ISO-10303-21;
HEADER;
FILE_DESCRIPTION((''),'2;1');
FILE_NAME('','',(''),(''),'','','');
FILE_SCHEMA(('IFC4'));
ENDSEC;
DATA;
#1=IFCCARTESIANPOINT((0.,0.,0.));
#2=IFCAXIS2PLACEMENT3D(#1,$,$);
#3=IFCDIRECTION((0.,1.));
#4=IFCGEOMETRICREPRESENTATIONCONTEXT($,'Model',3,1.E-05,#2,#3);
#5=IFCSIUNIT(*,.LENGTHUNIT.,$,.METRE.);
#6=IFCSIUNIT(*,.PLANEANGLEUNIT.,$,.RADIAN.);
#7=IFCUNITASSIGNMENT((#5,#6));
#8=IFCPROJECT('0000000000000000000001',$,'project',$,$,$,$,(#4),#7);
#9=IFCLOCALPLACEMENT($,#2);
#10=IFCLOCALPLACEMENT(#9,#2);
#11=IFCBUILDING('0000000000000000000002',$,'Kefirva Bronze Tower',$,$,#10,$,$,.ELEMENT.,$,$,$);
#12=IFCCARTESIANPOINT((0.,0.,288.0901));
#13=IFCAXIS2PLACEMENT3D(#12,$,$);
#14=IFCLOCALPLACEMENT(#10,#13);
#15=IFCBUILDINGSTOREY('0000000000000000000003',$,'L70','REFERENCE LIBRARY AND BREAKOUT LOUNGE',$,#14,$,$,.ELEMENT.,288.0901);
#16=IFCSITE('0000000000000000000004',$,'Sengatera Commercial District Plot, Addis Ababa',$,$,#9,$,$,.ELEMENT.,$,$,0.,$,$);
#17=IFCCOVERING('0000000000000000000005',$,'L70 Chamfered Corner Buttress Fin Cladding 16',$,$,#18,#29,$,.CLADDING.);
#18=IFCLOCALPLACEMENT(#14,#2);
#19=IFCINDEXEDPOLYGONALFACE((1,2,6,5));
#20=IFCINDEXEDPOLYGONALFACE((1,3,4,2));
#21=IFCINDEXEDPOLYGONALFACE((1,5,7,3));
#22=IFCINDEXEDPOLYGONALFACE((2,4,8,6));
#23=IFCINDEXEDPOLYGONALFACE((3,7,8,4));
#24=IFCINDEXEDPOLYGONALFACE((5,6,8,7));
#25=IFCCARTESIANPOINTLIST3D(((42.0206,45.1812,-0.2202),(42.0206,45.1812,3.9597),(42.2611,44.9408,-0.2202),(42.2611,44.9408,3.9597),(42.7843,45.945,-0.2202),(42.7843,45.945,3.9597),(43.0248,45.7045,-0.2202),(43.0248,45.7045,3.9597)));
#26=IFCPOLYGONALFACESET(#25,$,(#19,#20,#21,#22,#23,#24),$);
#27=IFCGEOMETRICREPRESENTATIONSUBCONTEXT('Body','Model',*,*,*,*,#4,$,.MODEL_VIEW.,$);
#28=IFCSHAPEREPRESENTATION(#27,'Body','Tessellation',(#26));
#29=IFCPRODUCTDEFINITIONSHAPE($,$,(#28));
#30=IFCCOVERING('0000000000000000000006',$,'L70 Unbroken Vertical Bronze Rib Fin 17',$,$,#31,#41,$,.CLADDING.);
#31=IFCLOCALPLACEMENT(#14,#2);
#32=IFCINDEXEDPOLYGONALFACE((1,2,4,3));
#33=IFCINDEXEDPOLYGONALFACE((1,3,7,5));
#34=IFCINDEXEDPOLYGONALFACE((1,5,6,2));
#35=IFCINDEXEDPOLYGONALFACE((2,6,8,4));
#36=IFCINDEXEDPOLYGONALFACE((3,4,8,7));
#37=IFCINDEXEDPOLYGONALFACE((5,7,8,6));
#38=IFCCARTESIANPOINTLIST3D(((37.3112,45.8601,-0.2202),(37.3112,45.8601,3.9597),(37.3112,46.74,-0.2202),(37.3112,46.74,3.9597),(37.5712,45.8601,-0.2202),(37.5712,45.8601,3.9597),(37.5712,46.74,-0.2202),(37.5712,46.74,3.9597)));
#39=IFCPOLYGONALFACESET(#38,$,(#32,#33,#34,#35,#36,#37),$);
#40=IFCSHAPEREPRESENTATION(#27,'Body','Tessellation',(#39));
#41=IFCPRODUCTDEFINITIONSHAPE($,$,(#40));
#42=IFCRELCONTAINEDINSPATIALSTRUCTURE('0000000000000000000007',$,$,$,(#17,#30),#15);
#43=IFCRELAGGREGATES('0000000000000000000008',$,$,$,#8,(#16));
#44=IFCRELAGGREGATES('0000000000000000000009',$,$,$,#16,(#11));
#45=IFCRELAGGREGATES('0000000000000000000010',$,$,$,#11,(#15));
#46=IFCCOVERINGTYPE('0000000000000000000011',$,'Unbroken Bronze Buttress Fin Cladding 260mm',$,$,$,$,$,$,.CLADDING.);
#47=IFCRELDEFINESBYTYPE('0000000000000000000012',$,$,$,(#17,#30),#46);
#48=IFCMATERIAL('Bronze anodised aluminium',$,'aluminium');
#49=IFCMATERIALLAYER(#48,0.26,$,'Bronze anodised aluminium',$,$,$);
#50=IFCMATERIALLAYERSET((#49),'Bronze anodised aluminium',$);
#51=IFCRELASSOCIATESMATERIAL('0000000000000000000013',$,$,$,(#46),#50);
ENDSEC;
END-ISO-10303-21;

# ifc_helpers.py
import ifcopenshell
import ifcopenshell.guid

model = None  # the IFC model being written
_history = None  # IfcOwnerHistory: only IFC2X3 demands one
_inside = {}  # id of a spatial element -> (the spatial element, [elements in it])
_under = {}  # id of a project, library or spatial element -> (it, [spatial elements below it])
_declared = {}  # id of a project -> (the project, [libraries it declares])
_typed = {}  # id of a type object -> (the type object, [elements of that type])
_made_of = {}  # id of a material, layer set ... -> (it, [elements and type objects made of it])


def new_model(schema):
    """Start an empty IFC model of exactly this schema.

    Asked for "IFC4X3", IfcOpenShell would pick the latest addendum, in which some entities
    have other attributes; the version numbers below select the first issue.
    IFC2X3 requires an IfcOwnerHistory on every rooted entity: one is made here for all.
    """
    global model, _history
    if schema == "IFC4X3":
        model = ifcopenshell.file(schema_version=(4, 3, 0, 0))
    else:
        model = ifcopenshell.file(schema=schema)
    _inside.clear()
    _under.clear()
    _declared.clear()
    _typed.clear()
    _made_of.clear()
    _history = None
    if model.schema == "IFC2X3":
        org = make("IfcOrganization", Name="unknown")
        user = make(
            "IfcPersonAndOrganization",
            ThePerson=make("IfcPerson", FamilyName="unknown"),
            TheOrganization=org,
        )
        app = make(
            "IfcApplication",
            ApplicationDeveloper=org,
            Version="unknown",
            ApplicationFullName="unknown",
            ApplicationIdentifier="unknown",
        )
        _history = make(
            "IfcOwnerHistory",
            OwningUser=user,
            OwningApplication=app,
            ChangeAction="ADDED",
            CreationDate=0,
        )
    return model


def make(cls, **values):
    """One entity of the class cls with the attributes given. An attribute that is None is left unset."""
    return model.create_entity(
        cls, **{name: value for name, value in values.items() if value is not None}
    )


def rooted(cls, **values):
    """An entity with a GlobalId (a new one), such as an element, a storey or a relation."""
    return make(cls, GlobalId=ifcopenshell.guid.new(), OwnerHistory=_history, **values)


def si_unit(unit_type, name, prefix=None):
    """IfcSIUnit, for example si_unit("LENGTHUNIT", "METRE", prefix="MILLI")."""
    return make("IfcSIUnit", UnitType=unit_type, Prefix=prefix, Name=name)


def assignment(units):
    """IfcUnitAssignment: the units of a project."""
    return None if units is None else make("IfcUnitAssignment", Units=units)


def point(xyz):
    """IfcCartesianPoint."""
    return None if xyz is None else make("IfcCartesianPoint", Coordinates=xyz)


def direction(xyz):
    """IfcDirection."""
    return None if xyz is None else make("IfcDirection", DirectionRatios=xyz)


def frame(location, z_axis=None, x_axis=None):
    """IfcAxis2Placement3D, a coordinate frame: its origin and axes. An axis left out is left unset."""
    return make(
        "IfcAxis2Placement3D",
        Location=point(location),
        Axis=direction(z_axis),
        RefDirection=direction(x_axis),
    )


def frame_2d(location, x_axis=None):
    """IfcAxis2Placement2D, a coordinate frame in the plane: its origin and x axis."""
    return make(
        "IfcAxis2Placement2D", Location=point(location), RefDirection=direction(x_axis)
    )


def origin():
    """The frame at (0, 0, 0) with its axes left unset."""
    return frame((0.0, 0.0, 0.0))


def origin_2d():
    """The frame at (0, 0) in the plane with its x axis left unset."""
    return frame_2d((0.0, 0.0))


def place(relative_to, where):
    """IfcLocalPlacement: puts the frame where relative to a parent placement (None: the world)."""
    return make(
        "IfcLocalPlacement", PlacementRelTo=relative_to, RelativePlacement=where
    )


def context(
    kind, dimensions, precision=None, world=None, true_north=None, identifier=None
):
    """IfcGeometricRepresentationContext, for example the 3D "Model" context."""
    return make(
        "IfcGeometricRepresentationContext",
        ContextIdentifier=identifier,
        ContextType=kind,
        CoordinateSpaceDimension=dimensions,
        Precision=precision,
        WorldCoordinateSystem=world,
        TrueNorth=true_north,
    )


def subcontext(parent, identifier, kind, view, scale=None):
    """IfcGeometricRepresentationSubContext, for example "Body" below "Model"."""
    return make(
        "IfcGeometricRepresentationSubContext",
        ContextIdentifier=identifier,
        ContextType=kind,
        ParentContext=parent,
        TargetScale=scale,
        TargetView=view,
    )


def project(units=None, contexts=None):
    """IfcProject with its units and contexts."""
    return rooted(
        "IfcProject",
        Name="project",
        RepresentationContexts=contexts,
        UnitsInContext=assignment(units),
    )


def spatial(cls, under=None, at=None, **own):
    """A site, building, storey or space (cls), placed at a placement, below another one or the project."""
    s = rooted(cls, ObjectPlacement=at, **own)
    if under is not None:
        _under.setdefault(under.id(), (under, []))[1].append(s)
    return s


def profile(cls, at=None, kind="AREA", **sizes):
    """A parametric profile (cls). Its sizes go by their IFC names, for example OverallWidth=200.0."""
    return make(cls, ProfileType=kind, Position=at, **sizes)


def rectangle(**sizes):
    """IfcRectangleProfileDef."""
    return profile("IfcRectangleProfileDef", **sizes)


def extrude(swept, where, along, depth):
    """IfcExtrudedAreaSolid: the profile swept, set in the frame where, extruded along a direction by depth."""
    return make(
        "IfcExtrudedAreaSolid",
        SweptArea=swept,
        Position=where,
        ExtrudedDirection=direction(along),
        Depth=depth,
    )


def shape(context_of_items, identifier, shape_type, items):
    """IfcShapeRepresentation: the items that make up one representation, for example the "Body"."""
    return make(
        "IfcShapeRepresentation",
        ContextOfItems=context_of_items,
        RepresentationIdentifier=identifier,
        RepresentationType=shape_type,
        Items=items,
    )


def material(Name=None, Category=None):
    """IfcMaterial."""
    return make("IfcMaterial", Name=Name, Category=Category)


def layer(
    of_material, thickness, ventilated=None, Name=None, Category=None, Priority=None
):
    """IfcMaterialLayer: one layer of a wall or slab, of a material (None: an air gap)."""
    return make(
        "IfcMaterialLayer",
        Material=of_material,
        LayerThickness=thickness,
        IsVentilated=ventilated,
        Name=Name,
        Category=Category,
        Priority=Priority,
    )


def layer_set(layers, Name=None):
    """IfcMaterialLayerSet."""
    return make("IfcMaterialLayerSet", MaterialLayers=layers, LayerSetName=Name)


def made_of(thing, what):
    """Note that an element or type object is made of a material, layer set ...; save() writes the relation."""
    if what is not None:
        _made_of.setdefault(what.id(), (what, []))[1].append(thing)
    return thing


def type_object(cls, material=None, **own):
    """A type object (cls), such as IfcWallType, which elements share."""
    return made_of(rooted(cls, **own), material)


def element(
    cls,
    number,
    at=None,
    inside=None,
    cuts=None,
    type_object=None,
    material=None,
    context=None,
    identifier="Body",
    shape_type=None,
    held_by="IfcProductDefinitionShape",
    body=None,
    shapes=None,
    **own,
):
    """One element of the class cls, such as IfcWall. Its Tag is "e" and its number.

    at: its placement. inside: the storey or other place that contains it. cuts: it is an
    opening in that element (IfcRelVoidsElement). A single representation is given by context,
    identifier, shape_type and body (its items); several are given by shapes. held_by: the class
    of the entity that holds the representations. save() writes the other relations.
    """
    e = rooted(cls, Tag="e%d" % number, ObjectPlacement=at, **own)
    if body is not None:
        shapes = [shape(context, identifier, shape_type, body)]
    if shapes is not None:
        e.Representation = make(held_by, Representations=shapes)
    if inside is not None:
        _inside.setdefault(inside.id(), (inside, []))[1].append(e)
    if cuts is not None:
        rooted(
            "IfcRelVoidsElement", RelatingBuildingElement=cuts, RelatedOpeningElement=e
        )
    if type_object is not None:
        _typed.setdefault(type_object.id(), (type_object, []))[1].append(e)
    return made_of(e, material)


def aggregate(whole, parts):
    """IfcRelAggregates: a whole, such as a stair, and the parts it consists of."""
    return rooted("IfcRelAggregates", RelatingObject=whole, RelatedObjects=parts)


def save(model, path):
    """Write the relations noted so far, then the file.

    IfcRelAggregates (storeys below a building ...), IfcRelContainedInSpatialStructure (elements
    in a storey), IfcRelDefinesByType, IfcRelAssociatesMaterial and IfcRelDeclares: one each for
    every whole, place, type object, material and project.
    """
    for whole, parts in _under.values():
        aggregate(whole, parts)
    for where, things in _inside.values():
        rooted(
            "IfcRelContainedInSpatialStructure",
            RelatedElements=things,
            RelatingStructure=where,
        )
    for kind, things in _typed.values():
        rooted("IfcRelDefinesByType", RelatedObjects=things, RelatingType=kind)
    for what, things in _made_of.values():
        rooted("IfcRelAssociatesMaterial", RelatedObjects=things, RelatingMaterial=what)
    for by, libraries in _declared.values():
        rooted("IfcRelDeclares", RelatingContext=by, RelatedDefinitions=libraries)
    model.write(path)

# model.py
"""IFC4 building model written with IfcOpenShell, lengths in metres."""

from ifc_helpers import new_model, si_unit, direction, frame, origin, origin_2d, place, context, subcontext, project, spatial, rectangle, extrude, material, layer, layer_set, type_object, element, save


model = new_model("IFC4")

# Units and contexts
model_context = context("Model", 3, precision=1e-05, world=origin(), true_north=direction((0.0, 1.0)))
body_context = subcontext(model_context, "Body", "Model", "MODEL_VIEW")
ifc_project = project(units=[si_unit("LENGTHUNIT", "METRE"), si_unit("PLANEANGLEUNIT", "RADIAN")], contexts=[model_context])

# Site, building, storey
site_placement = place(None, origin())
site = spatial("IfcSite", under=ifc_project, at=site_placement, Name="Sengatera Commercial District Plot, Addis Ababa", CompositionType="ELEMENT", RefElevation=0.0)
building_placement = place(site_placement, origin())
building = spatial("IfcBuilding", under=site, at=building_placement, Name="Kefirva Bronze Tower", CompositionType="ELEMENT")
storey_placement = place(building_placement, frame((0.0, 0.0, 288.0901)))
storey = spatial("IfcBuildingStorey", under=building, at=storey_placement, Name="L70", Description="REFERENCE LIBRARY AND BREAKOUT LOUNGE", CompositionType="ELEMENT", Elevation=288.0901)

# Shared definitions
ifc_material_1 = material(Name="Bronze anodised aluminium", Category="aluminium")

# Coverings
ifc_layer_1 = layer(ifc_material_1, 0.26, Name="Bronze anodised aluminium")
ifc_layer_set_1 = layer_set([ifc_layer_1], Name="Bronze anodised aluminium")
covering_type_1 = type_object("IfcCoveringType", Name="Unbroken Bronze Buttress Fin Cladding 260mm", PredefinedType="CLADDING", material=ifc_layer_set_1)
for number, where, z_axis, x_axis, name in (
    (1, (42.5227, 45.4429, -0.2202), (0.0, 0.0, 1.0), (-0.707107, 0.707107, 0.0), "L70 Chamfered Corner Buttress Fin Cladding 16"),
):
    element("IfcCovering", number, at=place(storey_placement, frame(where, z_axis=z_axis, x_axis=x_axis)), inside=storey, type_object=covering_type_1, Name=name, PredefinedType="CLADDING", context=body_context, shape_type="SweptSolid", body=[
        extrude(rectangle(XDim=0.3401, YDim=1.0801, at=origin_2d()), origin(), (0.0, 0.0, 1.0), 4.1799),
    ])
covering_1_placement = place(storey_placement, frame((37.4412, 46.3, -0.2202), z_axis=(0.0, 0.0, 1.0), x_axis=(-1.0, 0.0, 0.0)))
element("IfcCovering", 2, at=covering_1_placement, inside=storey, type_object=covering_type_1, Name="L70 Unbroken Vertical Bronze Rib Fin 17", PredefinedType="CLADDING", context=body_context, shape_type="SweptSolid", body=[
    extrude(rectangle(XDim=0.26, YDim=0.8799, at=origin_2d()), origin(), (0.0, 0.0, 1.0), 4.1799),
])

save(model, "model.ifc")
